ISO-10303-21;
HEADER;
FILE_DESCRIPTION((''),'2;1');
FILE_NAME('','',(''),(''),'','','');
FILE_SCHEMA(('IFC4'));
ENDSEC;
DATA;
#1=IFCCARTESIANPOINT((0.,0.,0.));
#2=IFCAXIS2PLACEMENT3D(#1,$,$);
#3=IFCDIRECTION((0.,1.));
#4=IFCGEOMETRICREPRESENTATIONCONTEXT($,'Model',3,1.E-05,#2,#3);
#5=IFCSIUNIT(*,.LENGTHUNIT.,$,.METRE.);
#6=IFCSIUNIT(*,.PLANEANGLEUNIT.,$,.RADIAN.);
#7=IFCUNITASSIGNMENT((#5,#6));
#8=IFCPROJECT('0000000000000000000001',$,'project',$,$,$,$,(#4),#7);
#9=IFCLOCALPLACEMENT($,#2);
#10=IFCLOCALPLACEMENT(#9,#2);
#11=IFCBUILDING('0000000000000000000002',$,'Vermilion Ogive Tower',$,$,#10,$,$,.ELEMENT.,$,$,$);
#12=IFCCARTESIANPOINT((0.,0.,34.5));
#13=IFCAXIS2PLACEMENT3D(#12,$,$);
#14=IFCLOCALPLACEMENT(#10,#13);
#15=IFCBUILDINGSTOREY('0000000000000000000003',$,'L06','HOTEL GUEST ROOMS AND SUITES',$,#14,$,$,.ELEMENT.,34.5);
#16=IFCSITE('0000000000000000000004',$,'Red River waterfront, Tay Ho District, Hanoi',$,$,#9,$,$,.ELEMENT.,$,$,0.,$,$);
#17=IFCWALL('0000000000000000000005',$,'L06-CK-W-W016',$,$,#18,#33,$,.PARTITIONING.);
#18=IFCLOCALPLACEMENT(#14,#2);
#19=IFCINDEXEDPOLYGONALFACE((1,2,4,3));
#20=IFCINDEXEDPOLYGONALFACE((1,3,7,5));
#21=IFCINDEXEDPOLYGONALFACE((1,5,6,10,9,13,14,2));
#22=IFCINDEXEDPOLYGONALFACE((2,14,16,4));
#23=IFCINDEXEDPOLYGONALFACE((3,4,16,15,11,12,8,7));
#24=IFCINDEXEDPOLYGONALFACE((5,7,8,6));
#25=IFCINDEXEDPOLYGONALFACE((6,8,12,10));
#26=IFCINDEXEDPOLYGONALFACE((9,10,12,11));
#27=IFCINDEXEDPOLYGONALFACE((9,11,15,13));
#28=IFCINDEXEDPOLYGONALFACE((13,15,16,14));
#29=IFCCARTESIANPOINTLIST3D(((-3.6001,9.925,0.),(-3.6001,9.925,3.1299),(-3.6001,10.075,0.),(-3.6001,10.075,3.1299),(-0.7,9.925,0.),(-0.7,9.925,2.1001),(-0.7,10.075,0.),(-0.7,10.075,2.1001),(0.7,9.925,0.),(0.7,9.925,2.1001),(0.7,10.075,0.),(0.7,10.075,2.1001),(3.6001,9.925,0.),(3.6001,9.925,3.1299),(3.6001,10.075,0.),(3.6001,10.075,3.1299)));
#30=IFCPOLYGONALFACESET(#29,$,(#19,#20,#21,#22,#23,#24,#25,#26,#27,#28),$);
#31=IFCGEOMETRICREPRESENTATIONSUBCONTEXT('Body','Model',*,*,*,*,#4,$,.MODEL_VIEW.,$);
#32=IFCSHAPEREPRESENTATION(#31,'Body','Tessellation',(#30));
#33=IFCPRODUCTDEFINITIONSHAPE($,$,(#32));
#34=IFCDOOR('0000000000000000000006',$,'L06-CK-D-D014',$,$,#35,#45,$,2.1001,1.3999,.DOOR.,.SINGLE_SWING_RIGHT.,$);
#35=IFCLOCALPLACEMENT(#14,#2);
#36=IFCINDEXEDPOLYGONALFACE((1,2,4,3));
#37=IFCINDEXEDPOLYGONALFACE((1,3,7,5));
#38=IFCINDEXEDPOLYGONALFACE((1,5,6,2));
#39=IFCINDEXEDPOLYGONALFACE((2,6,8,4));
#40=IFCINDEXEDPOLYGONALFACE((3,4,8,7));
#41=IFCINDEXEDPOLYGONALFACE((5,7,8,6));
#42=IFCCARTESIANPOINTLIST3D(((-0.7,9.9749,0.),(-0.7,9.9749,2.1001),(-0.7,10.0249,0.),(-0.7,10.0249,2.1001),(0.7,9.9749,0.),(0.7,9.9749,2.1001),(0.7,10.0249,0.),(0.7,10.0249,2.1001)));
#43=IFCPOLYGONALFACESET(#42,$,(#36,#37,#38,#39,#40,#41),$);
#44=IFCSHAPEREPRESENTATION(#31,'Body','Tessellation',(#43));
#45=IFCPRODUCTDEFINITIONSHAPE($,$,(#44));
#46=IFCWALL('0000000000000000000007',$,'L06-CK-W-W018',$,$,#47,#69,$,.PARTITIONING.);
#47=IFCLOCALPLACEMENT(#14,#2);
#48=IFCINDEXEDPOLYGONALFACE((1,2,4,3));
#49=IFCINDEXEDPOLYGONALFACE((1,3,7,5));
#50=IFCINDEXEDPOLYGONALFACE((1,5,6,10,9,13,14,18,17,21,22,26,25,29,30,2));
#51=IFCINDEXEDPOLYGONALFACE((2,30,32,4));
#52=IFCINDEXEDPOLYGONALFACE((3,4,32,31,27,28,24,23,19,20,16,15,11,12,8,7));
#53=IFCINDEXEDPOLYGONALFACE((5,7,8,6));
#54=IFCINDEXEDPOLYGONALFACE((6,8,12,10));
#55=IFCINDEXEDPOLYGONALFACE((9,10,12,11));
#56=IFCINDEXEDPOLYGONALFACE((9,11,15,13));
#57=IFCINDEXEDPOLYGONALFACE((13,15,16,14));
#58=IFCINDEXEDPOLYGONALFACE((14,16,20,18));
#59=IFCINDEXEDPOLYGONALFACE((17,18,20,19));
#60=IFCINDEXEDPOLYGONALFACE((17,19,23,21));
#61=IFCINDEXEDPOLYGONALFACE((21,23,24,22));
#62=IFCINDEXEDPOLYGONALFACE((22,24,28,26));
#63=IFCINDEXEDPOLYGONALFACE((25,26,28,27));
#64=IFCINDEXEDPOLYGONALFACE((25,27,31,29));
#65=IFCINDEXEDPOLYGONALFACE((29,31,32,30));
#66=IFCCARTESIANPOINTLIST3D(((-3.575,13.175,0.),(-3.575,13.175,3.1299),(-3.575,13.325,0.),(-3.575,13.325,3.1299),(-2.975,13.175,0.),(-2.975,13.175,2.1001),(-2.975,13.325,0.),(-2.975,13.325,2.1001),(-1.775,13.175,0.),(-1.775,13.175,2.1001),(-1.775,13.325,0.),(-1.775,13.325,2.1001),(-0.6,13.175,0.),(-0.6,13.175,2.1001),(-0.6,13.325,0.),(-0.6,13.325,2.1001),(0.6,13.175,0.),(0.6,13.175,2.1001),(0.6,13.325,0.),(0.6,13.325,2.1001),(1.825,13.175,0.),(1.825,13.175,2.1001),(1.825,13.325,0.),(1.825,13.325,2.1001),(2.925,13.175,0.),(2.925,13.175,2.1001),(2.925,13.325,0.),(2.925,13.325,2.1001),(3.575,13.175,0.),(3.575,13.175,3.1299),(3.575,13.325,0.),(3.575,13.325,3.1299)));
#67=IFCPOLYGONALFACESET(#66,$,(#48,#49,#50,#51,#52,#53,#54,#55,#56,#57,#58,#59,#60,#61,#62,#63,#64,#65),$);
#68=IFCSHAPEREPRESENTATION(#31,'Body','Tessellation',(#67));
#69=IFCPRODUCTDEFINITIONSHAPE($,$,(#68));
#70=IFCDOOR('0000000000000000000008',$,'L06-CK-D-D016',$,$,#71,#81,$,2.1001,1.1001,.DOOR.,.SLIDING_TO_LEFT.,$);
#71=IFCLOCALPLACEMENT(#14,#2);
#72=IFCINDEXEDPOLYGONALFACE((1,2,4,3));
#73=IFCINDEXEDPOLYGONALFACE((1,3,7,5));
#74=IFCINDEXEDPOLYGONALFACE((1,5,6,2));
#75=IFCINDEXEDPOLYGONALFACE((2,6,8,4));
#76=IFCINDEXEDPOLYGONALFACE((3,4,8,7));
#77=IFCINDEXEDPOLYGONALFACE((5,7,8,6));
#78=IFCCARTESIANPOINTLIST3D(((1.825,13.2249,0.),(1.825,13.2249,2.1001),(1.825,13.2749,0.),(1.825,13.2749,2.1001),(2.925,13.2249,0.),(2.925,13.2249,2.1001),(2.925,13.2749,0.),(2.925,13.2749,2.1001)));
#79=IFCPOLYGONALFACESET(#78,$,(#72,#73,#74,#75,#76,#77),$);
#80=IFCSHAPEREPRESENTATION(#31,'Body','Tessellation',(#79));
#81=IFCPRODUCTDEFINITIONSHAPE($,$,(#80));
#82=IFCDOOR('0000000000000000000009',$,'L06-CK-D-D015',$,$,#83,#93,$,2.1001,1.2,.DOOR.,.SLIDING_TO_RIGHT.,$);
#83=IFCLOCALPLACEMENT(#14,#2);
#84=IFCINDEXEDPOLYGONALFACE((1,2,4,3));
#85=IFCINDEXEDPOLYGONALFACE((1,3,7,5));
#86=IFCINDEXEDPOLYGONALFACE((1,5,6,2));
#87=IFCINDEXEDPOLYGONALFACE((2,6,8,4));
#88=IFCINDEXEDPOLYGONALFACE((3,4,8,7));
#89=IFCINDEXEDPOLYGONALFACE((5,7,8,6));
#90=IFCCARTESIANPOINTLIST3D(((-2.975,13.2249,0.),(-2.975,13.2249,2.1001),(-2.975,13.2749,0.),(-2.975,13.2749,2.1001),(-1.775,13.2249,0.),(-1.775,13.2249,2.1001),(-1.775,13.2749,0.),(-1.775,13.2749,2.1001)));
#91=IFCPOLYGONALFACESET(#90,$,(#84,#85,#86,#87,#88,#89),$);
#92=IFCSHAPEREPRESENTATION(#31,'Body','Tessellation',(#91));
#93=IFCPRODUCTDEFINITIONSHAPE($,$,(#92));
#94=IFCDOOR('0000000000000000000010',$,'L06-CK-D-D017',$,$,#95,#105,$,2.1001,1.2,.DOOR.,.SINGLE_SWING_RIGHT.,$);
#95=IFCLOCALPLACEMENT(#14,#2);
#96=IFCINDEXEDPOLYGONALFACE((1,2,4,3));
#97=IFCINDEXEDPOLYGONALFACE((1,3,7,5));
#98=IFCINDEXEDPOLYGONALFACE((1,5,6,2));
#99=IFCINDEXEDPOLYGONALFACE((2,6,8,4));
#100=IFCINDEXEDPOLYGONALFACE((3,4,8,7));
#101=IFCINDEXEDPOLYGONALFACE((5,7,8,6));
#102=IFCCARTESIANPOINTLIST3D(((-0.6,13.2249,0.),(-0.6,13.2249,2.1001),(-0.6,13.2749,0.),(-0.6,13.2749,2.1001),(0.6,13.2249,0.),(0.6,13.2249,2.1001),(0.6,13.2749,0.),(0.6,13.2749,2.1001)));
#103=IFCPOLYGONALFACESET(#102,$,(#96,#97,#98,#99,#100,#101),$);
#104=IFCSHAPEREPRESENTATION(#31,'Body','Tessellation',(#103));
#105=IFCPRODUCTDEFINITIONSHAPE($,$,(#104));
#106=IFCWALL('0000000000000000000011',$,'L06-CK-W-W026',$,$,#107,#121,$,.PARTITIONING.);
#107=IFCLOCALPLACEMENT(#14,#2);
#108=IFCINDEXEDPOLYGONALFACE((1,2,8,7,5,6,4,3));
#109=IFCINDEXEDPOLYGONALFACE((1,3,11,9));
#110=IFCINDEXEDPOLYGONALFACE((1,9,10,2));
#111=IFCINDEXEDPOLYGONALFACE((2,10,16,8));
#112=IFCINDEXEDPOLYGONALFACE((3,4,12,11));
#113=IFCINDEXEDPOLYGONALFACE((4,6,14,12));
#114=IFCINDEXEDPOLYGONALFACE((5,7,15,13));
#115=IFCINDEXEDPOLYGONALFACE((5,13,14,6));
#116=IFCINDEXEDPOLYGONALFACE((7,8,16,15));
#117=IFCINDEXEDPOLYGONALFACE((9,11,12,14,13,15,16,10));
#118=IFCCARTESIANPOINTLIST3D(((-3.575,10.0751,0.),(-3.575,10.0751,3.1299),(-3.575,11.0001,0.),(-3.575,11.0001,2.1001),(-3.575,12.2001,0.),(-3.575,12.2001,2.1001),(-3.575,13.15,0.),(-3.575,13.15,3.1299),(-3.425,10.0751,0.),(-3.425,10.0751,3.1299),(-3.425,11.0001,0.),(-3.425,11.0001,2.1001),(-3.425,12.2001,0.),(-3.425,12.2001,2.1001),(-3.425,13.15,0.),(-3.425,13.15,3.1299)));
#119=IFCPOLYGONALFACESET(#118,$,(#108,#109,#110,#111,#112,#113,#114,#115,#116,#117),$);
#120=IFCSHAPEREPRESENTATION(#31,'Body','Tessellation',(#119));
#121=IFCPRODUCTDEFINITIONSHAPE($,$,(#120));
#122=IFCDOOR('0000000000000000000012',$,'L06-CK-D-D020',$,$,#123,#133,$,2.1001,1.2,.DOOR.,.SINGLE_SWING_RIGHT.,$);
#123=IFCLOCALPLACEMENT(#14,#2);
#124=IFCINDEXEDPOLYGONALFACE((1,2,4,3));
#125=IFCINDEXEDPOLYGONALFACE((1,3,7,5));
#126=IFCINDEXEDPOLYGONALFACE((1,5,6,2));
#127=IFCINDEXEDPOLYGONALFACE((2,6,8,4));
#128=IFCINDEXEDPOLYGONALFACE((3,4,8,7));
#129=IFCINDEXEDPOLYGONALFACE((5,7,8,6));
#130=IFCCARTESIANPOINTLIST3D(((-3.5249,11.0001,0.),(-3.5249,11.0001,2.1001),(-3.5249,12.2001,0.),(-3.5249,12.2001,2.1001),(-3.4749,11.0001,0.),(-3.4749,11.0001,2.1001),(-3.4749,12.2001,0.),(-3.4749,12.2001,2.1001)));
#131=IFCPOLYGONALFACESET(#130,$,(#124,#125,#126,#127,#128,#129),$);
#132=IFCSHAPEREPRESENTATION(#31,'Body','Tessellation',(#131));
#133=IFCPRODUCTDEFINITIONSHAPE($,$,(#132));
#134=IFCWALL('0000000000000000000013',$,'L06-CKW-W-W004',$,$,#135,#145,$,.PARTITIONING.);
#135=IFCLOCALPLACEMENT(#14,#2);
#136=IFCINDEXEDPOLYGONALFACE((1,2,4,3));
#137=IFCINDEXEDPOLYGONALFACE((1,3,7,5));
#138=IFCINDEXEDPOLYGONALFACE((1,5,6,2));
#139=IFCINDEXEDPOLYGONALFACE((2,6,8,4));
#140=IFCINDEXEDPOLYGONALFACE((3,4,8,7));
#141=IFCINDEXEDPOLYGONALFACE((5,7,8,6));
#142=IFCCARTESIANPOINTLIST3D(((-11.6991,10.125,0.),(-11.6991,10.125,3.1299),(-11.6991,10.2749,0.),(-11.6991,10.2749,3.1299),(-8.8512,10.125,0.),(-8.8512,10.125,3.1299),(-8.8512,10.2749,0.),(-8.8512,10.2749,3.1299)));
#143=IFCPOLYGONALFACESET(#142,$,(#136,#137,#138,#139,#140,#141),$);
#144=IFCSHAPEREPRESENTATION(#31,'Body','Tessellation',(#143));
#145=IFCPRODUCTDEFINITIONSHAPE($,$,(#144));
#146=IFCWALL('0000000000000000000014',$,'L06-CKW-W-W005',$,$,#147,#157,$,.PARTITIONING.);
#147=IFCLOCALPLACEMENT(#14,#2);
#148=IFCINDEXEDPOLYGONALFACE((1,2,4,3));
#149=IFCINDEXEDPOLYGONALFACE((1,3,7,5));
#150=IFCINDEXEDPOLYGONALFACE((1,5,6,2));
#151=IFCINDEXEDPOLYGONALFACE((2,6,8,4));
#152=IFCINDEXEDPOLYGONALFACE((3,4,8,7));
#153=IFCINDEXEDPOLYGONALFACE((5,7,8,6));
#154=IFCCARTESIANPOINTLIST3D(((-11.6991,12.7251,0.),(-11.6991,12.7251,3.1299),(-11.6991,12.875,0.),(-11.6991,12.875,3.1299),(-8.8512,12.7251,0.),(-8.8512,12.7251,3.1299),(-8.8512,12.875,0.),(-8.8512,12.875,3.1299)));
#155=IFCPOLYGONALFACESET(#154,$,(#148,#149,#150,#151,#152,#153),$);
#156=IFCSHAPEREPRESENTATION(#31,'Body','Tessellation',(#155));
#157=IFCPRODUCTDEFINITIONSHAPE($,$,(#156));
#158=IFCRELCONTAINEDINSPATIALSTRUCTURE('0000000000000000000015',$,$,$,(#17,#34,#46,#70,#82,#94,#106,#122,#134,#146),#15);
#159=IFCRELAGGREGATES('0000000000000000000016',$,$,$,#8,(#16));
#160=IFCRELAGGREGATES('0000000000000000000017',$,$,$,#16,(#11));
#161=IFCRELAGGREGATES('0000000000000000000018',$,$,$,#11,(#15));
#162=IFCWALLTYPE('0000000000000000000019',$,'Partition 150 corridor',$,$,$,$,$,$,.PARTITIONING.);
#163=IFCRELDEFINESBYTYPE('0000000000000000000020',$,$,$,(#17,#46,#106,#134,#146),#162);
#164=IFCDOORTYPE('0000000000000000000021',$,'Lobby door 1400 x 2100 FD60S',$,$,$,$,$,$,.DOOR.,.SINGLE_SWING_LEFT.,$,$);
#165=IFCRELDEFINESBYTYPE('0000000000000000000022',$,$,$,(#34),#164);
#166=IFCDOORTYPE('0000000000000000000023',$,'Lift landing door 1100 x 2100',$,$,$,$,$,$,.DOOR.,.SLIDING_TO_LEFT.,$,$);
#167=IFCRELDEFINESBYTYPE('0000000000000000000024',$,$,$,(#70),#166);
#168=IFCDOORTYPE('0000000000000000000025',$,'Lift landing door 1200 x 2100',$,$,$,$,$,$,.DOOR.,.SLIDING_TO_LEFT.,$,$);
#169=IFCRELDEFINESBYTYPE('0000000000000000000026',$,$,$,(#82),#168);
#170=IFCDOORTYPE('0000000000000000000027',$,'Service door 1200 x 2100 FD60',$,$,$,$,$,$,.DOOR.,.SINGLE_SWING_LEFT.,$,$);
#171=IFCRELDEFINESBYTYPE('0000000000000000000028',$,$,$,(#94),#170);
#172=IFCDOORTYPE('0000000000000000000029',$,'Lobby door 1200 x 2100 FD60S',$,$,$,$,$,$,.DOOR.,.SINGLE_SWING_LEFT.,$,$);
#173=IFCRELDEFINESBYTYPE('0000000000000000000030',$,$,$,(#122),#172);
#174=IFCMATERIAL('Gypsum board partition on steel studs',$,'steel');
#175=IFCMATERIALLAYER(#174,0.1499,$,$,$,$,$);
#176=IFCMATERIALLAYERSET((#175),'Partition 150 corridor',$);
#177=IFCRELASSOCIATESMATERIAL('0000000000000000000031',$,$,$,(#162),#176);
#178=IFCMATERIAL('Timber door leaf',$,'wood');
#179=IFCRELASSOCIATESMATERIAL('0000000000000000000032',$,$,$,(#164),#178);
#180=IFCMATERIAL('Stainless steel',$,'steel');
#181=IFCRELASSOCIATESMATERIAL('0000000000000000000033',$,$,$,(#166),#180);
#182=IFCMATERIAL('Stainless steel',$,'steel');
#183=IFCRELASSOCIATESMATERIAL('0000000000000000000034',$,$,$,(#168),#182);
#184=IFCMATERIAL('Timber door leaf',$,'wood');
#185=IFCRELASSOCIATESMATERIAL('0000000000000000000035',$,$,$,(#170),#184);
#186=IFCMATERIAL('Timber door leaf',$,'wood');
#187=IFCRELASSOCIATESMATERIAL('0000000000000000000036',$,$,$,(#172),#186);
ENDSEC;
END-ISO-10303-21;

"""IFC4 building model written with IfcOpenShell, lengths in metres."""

from ifc_helpers import new_model, si_unit, direction, frame, frame_2d, origin, place, context, subcontext, project, spatial, rectangle, extrude, material, layer, layer_set, type_object, element, fill, save


model = new_model("IFC4")

# Units and contexts
model_context = context("Model", 3, precision=1e-05, world=origin(), true_north=direction((0.0, 1.0)))
body_context = subcontext(model_context, "Body", "Model", "MODEL_VIEW")
ifc_project = project(units=[si_unit("LENGTHUNIT", "METRE"), si_unit("PLANEANGLEUNIT", "RADIAN")], contexts=[model_context])

# Site, building, storey
site_placement = place(None, origin())
site = spatial("IfcSite", under=ifc_project, at=site_placement, Name="Red River waterfront, Tay Ho District, Hanoi", CompositionType="ELEMENT", RefElevation=0.0)
building_placement = place(site_placement, origin())
building = spatial("IfcBuilding", under=site, at=building_placement, Name="Vermilion Ogive Tower", CompositionType="ELEMENT")
storey_placement = place(building_placement, frame((0.0, 0.0, 34.5)))
storey = spatial("IfcBuildingStorey", under=building, at=storey_placement, Name="L06", Description="HOTEL GUEST ROOMS AND SUITES", CompositionType="ELEMENT", Elevation=34.5)

# Wall, opening, door
ifc_material_1 = material(Name="Gypsum board partition on steel studs", Category="steel")
ifc_layer_1 = layer(ifc_material_1, 0.1499)
ifc_layer_set_1 = layer_set([ifc_layer_1], Name="Partition 150 corridor")
wall_type_1 = type_object("IfcWallType", Name="Partition 150 corridor", PredefinedType="PARTITIONING", material=ifc_layer_set_1)
wall_1_placement = place(storey_placement, frame((-3.6001, 10.0, 0.0), z_axis=(0.0, 0.0, 1.0), x_axis=(1.0, 0.0, 0.0)))
wall_1 = element("IfcWall", 1, at=wall_1_placement, inside=storey, type_object=wall_type_1, Name="L06-CK-W-W016", PredefinedType="PARTITIONING", context=body_context, shape_type="SweptSolid", body=[
    extrude(rectangle(XDim=7.2002, YDim=0.1499, at=frame_2d((3.6001, 0.0))), origin(), (0.0, 0.0, 1.0), 3.1299),
])
opening_1_placement = place(wall_1_placement, frame((2.9001, 0.0, 0.0)))
opening_1 = element("IfcOpeningElement", 2, at=opening_1_placement, cuts=wall_1, PredefinedType="OPENING", context=body_context, shape_type="SweptSolid", body=[
    extrude(rectangle(XDim=1.3999, YDim=2.1001, at=frame_2d((0.7, 1.05))), frame((0.0, 0.085, 0.0), z_axis=(0.0, -1.0, 0.0), x_axis=(1.0, 0.0, 0.0)), (0.0, 0.0, 1.0), 0.1699),
])
ifc_material_2 = material(Name="Timber door leaf", Category="wood")
door_type_1 = type_object("IfcDoorType", Name="Lobby door 1400 x 2100 FD60S", OperationType="SINGLE_SWING_LEFT", PredefinedType="DOOR", material=ifc_material_2)
door_1_placement = place(opening_1_placement, origin())
door_1 = element("IfcDoor", 3, at=door_1_placement, inside=storey, type_object=door_type_1, Name="L06-CK-D-D014", OperationType="SINGLE_SWING_RIGHT", OverallHeight=2.1001, OverallWidth=1.3999, PredefinedType="DOOR", context=body_context, shape_type="SweptSolid", body=[
    extrude(rectangle(XDim=1.3999, YDim=2.1001, at=frame_2d((0.7, 1.05))), frame((0.0, 0.0249, 0.0), z_axis=(0.0, -1.0, 0.0), x_axis=(1.0, 0.0, 0.0)), (0.0, 0.0, 1.0), 0.05),
])
fill(opening_1, door_1)

# Wall, openings, doors
wall_2_placement = place(storey_placement, frame((-3.575, 13.25, 0.0), z_axis=(0.0, 0.0, 1.0), x_axis=(1.0, 0.0, 0.0)))
wall_2 = element("IfcWall", 4, at=wall_2_placement, inside=storey, type_object=wall_type_1, Name="L06-CK-W-W018", PredefinedType="PARTITIONING", context=body_context, shape_type="SweptSolid", body=[
    extrude(rectangle(XDim=7.1499, YDim=0.1499, at=frame_2d((3.575, 0.0))), origin(), (0.0, 0.0, 1.0), 3.1299),
])
opening_2_placement = place(wall_2_placement, frame((0.5999, 0.0, 0.0)))
opening_2 = element("IfcOpeningElement", 5, at=opening_2_placement, cuts=wall_2, PredefinedType="OPENING", context=body_context, shape_type="SweptSolid", body=[
    extrude(rectangle(XDim=1.2, YDim=2.1001, at=frame_2d((0.6001, 1.05))), frame((0.0, 0.085, 0.0), z_axis=(0.0, -1.0, 0.0), x_axis=(1.0, 0.0, 0.0)), (0.0, 0.0, 1.0), 0.1699),
])
opening_3_placement = place(wall_2_placement, frame((5.3999, 0.0, 0.0)))
opening_3 = element("IfcOpeningElement", 6, at=opening_3_placement, cuts=wall_2, PredefinedType="OPENING", context=body_context, shape_type="SweptSolid", body=[
    extrude(rectangle(XDim=1.1001, YDim=2.1001, at=frame_2d((0.55, 1.05))), frame((0.0, 0.085, 0.0), z_axis=(0.0, -1.0, 0.0), x_axis=(1.0, 0.0, 0.0)), (0.0, 0.0, 1.0), 0.1699),
])
opening_4_placement = place(wall_2_placement, frame((2.9749, 0.0, 0.0)))
opening_4 = element("IfcOpeningElement", 7, at=opening_4_placement, cuts=wall_2, PredefinedType="OPENING", context=body_context, shape_type="SweptSolid", body=[
    extrude(rectangle(XDim=1.2, YDim=2.1001, at=frame_2d((0.6001, 1.05))), frame((0.0, 0.085, 0.0), z_axis=(0.0, -1.0, 0.0), x_axis=(1.0, 0.0, 0.0)), (0.0, 0.0, 1.0), 0.1699),
])
ifc_material_3 = material(Name="Stainless steel", Category="steel")
door_type_2 = type_object("IfcDoorType", Name="Lift landing door 1100 x 2100", OperationType="SLIDING_TO_LEFT", PredefinedType="DOOR", material=ifc_material_3)
door_2_placement = place(opening_3_placement, origin())
door_2 = element("IfcDoor", 8, at=door_2_placement, inside=storey, type_object=door_type_2, Name="L06-CK-D-D016", OperationType="SLIDING_TO_LEFT", OverallHeight=2.1001, OverallWidth=1.1001, PredefinedType="DOOR", context=body_context, shape_type="SweptSolid", body=[
    extrude(rectangle(XDim=1.1001, YDim=2.1001, at=frame_2d((0.55, 1.05))), frame((0.0, 0.0249, 0.0), z_axis=(0.0, -1.0, 0.0), x_axis=(1.0, 0.0, 0.0)), (0.0, 0.0, 1.0), 0.05),
])
fill(opening_3, door_2)
ifc_material_4 = material(Name="Stainless steel", Category="steel")
door_type_3 = type_object("IfcDoorType", Name="Lift landing door 1200 x 2100", OperationType="SLIDING_TO_LEFT", PredefinedType="DOOR", material=ifc_material_4)
door_3_placement = place(opening_2_placement, origin())
door_3 = element("IfcDoor", 9, at=door_3_placement, inside=storey, type_object=door_type_3, Name="L06-CK-D-D015", OperationType="SLIDING_TO_RIGHT", OverallHeight=2.1001, OverallWidth=1.2, PredefinedType="DOOR", context=body_context, shape_type="SweptSolid", body=[
    extrude(rectangle(XDim=1.2, YDim=2.1001, at=frame_2d((0.6001, 1.05))), frame((0.0, 0.0249, 0.0), z_axis=(0.0, -1.0, 0.0), x_axis=(1.0, 0.0, 0.0)), (0.0, 0.0, 1.0), 0.05),
])
fill(opening_2, door_3)
ifc_material_5 = material(Name="Timber door leaf", Category="wood")
door_type_4 = type_object("IfcDoorType", Name="Service door 1200 x 2100 FD60", OperationType="SINGLE_SWING_LEFT", PredefinedType="DOOR", material=ifc_material_5)
door_4_placement = place(opening_4_placement, origin())
door_4 = element("IfcDoor", 10, at=door_4_placement, inside=storey, type_object=door_type_4, Name="L06-CK-D-D017", OperationType="SINGLE_SWING_RIGHT", OverallHeight=2.1001, OverallWidth=1.2, PredefinedType="DOOR", context=body_context, shape_type="SweptSolid", body=[
    extrude(rectangle(XDim=1.2, YDim=2.1001, at=frame_2d((0.6001, 1.05))), frame((0.0, 0.0249, 0.0), z_axis=(0.0, -1.0, 0.0), x_axis=(1.0, 0.0, 0.0)), (0.0, 0.0, 1.0), 0.05),
])
fill(opening_4, door_4)

# Wall, opening, door
wall_3_placement = place(storey_placement, frame((-3.5, 10.075, 0.0), z_axis=(0.0, 0.0, 1.0), x_axis=(0.0, 1.0, 0.0)))
wall_3 = element("IfcWall", 11, at=wall_3_placement, inside=storey, type_object=wall_type_1, Name="L06-CK-W-W026", PredefinedType="PARTITIONING", context=body_context, shape_type="SweptSolid", body=[
    extrude(rectangle(XDim=3.075, YDim=0.1499, at=frame_2d((1.5376, 0.0))), origin(), (0.0, 0.0, 1.0), 3.1299),
])
opening_5_placement = place(wall_3_placement, frame((0.925, 0.0, 0.0)))
opening_5 = element("IfcOpeningElement", 12, at=opening_5_placement, cuts=wall_3, PredefinedType="OPENING", context=body_context, shape_type="SweptSolid", body=[
    extrude(rectangle(XDim=1.2, YDim=2.1001, at=frame_2d((0.6001, 1.05))), frame((0.0, 0.085, 0.0), z_axis=(0.0, -1.0, 0.0), x_axis=(1.0, 0.0, 0.0)), (0.0, 0.0, 1.0), 0.1699),
])
ifc_material_6 = material(Name="Timber door leaf", Category="wood")
door_type_5 = type_object("IfcDoorType", Name="Lobby door 1200 x 2100 FD60S", OperationType="SINGLE_SWING_LEFT", PredefinedType="DOOR", material=ifc_material_6)
door_5_placement = place(opening_5_placement, origin())
door_5 = element("IfcDoor", 13, at=door_5_placement, inside=storey, type_object=door_type_5, Name="L06-CK-D-D020", OperationType="SINGLE_SWING_RIGHT", OverallHeight=2.1001, OverallWidth=1.2, PredefinedType="DOOR", context=body_context, shape_type="SweptSolid", body=[
    extrude(rectangle(XDim=1.2, YDim=2.1001, at=frame_2d((0.6001, 1.05))), frame((0.0, 0.0249, 0.0), z_axis=(0.0, -1.0, 0.0), x_axis=(1.0, 0.0, 0.0)), (0.0, 0.0, 1.0), 0.05),
])
fill(opening_5, door_5)

# Walls
for number, where, z_axis, x_axis, name in (
    (14, (-11.699, 10.2, 0.0), (0.0, 0.0, 1.0), (1.0, 0.0, 0.0), "L06-CKW-W-W004"),
    (15, (-11.699, 12.8, 0.0), (0.0, 0.0, 1.0), (1.0, 0.0, 0.0), "L06-CKW-W-W005"),
):
    element("IfcWall", number, at=place(storey_placement, frame(where, z_axis=z_axis, x_axis=x_axis)), inside=storey, type_object=wall_type_1, Name=name, PredefinedType="PARTITIONING", context=body_context, shape_type="SweptSolid", body=[
        extrude(rectangle(XDim=2.8479, YDim=0.1499, at=frame_2d((1.4238, 0.0))), origin(), (0.0, 0.0, 1.0), 3.1299),
    ])

save(model, "model.ifc")
